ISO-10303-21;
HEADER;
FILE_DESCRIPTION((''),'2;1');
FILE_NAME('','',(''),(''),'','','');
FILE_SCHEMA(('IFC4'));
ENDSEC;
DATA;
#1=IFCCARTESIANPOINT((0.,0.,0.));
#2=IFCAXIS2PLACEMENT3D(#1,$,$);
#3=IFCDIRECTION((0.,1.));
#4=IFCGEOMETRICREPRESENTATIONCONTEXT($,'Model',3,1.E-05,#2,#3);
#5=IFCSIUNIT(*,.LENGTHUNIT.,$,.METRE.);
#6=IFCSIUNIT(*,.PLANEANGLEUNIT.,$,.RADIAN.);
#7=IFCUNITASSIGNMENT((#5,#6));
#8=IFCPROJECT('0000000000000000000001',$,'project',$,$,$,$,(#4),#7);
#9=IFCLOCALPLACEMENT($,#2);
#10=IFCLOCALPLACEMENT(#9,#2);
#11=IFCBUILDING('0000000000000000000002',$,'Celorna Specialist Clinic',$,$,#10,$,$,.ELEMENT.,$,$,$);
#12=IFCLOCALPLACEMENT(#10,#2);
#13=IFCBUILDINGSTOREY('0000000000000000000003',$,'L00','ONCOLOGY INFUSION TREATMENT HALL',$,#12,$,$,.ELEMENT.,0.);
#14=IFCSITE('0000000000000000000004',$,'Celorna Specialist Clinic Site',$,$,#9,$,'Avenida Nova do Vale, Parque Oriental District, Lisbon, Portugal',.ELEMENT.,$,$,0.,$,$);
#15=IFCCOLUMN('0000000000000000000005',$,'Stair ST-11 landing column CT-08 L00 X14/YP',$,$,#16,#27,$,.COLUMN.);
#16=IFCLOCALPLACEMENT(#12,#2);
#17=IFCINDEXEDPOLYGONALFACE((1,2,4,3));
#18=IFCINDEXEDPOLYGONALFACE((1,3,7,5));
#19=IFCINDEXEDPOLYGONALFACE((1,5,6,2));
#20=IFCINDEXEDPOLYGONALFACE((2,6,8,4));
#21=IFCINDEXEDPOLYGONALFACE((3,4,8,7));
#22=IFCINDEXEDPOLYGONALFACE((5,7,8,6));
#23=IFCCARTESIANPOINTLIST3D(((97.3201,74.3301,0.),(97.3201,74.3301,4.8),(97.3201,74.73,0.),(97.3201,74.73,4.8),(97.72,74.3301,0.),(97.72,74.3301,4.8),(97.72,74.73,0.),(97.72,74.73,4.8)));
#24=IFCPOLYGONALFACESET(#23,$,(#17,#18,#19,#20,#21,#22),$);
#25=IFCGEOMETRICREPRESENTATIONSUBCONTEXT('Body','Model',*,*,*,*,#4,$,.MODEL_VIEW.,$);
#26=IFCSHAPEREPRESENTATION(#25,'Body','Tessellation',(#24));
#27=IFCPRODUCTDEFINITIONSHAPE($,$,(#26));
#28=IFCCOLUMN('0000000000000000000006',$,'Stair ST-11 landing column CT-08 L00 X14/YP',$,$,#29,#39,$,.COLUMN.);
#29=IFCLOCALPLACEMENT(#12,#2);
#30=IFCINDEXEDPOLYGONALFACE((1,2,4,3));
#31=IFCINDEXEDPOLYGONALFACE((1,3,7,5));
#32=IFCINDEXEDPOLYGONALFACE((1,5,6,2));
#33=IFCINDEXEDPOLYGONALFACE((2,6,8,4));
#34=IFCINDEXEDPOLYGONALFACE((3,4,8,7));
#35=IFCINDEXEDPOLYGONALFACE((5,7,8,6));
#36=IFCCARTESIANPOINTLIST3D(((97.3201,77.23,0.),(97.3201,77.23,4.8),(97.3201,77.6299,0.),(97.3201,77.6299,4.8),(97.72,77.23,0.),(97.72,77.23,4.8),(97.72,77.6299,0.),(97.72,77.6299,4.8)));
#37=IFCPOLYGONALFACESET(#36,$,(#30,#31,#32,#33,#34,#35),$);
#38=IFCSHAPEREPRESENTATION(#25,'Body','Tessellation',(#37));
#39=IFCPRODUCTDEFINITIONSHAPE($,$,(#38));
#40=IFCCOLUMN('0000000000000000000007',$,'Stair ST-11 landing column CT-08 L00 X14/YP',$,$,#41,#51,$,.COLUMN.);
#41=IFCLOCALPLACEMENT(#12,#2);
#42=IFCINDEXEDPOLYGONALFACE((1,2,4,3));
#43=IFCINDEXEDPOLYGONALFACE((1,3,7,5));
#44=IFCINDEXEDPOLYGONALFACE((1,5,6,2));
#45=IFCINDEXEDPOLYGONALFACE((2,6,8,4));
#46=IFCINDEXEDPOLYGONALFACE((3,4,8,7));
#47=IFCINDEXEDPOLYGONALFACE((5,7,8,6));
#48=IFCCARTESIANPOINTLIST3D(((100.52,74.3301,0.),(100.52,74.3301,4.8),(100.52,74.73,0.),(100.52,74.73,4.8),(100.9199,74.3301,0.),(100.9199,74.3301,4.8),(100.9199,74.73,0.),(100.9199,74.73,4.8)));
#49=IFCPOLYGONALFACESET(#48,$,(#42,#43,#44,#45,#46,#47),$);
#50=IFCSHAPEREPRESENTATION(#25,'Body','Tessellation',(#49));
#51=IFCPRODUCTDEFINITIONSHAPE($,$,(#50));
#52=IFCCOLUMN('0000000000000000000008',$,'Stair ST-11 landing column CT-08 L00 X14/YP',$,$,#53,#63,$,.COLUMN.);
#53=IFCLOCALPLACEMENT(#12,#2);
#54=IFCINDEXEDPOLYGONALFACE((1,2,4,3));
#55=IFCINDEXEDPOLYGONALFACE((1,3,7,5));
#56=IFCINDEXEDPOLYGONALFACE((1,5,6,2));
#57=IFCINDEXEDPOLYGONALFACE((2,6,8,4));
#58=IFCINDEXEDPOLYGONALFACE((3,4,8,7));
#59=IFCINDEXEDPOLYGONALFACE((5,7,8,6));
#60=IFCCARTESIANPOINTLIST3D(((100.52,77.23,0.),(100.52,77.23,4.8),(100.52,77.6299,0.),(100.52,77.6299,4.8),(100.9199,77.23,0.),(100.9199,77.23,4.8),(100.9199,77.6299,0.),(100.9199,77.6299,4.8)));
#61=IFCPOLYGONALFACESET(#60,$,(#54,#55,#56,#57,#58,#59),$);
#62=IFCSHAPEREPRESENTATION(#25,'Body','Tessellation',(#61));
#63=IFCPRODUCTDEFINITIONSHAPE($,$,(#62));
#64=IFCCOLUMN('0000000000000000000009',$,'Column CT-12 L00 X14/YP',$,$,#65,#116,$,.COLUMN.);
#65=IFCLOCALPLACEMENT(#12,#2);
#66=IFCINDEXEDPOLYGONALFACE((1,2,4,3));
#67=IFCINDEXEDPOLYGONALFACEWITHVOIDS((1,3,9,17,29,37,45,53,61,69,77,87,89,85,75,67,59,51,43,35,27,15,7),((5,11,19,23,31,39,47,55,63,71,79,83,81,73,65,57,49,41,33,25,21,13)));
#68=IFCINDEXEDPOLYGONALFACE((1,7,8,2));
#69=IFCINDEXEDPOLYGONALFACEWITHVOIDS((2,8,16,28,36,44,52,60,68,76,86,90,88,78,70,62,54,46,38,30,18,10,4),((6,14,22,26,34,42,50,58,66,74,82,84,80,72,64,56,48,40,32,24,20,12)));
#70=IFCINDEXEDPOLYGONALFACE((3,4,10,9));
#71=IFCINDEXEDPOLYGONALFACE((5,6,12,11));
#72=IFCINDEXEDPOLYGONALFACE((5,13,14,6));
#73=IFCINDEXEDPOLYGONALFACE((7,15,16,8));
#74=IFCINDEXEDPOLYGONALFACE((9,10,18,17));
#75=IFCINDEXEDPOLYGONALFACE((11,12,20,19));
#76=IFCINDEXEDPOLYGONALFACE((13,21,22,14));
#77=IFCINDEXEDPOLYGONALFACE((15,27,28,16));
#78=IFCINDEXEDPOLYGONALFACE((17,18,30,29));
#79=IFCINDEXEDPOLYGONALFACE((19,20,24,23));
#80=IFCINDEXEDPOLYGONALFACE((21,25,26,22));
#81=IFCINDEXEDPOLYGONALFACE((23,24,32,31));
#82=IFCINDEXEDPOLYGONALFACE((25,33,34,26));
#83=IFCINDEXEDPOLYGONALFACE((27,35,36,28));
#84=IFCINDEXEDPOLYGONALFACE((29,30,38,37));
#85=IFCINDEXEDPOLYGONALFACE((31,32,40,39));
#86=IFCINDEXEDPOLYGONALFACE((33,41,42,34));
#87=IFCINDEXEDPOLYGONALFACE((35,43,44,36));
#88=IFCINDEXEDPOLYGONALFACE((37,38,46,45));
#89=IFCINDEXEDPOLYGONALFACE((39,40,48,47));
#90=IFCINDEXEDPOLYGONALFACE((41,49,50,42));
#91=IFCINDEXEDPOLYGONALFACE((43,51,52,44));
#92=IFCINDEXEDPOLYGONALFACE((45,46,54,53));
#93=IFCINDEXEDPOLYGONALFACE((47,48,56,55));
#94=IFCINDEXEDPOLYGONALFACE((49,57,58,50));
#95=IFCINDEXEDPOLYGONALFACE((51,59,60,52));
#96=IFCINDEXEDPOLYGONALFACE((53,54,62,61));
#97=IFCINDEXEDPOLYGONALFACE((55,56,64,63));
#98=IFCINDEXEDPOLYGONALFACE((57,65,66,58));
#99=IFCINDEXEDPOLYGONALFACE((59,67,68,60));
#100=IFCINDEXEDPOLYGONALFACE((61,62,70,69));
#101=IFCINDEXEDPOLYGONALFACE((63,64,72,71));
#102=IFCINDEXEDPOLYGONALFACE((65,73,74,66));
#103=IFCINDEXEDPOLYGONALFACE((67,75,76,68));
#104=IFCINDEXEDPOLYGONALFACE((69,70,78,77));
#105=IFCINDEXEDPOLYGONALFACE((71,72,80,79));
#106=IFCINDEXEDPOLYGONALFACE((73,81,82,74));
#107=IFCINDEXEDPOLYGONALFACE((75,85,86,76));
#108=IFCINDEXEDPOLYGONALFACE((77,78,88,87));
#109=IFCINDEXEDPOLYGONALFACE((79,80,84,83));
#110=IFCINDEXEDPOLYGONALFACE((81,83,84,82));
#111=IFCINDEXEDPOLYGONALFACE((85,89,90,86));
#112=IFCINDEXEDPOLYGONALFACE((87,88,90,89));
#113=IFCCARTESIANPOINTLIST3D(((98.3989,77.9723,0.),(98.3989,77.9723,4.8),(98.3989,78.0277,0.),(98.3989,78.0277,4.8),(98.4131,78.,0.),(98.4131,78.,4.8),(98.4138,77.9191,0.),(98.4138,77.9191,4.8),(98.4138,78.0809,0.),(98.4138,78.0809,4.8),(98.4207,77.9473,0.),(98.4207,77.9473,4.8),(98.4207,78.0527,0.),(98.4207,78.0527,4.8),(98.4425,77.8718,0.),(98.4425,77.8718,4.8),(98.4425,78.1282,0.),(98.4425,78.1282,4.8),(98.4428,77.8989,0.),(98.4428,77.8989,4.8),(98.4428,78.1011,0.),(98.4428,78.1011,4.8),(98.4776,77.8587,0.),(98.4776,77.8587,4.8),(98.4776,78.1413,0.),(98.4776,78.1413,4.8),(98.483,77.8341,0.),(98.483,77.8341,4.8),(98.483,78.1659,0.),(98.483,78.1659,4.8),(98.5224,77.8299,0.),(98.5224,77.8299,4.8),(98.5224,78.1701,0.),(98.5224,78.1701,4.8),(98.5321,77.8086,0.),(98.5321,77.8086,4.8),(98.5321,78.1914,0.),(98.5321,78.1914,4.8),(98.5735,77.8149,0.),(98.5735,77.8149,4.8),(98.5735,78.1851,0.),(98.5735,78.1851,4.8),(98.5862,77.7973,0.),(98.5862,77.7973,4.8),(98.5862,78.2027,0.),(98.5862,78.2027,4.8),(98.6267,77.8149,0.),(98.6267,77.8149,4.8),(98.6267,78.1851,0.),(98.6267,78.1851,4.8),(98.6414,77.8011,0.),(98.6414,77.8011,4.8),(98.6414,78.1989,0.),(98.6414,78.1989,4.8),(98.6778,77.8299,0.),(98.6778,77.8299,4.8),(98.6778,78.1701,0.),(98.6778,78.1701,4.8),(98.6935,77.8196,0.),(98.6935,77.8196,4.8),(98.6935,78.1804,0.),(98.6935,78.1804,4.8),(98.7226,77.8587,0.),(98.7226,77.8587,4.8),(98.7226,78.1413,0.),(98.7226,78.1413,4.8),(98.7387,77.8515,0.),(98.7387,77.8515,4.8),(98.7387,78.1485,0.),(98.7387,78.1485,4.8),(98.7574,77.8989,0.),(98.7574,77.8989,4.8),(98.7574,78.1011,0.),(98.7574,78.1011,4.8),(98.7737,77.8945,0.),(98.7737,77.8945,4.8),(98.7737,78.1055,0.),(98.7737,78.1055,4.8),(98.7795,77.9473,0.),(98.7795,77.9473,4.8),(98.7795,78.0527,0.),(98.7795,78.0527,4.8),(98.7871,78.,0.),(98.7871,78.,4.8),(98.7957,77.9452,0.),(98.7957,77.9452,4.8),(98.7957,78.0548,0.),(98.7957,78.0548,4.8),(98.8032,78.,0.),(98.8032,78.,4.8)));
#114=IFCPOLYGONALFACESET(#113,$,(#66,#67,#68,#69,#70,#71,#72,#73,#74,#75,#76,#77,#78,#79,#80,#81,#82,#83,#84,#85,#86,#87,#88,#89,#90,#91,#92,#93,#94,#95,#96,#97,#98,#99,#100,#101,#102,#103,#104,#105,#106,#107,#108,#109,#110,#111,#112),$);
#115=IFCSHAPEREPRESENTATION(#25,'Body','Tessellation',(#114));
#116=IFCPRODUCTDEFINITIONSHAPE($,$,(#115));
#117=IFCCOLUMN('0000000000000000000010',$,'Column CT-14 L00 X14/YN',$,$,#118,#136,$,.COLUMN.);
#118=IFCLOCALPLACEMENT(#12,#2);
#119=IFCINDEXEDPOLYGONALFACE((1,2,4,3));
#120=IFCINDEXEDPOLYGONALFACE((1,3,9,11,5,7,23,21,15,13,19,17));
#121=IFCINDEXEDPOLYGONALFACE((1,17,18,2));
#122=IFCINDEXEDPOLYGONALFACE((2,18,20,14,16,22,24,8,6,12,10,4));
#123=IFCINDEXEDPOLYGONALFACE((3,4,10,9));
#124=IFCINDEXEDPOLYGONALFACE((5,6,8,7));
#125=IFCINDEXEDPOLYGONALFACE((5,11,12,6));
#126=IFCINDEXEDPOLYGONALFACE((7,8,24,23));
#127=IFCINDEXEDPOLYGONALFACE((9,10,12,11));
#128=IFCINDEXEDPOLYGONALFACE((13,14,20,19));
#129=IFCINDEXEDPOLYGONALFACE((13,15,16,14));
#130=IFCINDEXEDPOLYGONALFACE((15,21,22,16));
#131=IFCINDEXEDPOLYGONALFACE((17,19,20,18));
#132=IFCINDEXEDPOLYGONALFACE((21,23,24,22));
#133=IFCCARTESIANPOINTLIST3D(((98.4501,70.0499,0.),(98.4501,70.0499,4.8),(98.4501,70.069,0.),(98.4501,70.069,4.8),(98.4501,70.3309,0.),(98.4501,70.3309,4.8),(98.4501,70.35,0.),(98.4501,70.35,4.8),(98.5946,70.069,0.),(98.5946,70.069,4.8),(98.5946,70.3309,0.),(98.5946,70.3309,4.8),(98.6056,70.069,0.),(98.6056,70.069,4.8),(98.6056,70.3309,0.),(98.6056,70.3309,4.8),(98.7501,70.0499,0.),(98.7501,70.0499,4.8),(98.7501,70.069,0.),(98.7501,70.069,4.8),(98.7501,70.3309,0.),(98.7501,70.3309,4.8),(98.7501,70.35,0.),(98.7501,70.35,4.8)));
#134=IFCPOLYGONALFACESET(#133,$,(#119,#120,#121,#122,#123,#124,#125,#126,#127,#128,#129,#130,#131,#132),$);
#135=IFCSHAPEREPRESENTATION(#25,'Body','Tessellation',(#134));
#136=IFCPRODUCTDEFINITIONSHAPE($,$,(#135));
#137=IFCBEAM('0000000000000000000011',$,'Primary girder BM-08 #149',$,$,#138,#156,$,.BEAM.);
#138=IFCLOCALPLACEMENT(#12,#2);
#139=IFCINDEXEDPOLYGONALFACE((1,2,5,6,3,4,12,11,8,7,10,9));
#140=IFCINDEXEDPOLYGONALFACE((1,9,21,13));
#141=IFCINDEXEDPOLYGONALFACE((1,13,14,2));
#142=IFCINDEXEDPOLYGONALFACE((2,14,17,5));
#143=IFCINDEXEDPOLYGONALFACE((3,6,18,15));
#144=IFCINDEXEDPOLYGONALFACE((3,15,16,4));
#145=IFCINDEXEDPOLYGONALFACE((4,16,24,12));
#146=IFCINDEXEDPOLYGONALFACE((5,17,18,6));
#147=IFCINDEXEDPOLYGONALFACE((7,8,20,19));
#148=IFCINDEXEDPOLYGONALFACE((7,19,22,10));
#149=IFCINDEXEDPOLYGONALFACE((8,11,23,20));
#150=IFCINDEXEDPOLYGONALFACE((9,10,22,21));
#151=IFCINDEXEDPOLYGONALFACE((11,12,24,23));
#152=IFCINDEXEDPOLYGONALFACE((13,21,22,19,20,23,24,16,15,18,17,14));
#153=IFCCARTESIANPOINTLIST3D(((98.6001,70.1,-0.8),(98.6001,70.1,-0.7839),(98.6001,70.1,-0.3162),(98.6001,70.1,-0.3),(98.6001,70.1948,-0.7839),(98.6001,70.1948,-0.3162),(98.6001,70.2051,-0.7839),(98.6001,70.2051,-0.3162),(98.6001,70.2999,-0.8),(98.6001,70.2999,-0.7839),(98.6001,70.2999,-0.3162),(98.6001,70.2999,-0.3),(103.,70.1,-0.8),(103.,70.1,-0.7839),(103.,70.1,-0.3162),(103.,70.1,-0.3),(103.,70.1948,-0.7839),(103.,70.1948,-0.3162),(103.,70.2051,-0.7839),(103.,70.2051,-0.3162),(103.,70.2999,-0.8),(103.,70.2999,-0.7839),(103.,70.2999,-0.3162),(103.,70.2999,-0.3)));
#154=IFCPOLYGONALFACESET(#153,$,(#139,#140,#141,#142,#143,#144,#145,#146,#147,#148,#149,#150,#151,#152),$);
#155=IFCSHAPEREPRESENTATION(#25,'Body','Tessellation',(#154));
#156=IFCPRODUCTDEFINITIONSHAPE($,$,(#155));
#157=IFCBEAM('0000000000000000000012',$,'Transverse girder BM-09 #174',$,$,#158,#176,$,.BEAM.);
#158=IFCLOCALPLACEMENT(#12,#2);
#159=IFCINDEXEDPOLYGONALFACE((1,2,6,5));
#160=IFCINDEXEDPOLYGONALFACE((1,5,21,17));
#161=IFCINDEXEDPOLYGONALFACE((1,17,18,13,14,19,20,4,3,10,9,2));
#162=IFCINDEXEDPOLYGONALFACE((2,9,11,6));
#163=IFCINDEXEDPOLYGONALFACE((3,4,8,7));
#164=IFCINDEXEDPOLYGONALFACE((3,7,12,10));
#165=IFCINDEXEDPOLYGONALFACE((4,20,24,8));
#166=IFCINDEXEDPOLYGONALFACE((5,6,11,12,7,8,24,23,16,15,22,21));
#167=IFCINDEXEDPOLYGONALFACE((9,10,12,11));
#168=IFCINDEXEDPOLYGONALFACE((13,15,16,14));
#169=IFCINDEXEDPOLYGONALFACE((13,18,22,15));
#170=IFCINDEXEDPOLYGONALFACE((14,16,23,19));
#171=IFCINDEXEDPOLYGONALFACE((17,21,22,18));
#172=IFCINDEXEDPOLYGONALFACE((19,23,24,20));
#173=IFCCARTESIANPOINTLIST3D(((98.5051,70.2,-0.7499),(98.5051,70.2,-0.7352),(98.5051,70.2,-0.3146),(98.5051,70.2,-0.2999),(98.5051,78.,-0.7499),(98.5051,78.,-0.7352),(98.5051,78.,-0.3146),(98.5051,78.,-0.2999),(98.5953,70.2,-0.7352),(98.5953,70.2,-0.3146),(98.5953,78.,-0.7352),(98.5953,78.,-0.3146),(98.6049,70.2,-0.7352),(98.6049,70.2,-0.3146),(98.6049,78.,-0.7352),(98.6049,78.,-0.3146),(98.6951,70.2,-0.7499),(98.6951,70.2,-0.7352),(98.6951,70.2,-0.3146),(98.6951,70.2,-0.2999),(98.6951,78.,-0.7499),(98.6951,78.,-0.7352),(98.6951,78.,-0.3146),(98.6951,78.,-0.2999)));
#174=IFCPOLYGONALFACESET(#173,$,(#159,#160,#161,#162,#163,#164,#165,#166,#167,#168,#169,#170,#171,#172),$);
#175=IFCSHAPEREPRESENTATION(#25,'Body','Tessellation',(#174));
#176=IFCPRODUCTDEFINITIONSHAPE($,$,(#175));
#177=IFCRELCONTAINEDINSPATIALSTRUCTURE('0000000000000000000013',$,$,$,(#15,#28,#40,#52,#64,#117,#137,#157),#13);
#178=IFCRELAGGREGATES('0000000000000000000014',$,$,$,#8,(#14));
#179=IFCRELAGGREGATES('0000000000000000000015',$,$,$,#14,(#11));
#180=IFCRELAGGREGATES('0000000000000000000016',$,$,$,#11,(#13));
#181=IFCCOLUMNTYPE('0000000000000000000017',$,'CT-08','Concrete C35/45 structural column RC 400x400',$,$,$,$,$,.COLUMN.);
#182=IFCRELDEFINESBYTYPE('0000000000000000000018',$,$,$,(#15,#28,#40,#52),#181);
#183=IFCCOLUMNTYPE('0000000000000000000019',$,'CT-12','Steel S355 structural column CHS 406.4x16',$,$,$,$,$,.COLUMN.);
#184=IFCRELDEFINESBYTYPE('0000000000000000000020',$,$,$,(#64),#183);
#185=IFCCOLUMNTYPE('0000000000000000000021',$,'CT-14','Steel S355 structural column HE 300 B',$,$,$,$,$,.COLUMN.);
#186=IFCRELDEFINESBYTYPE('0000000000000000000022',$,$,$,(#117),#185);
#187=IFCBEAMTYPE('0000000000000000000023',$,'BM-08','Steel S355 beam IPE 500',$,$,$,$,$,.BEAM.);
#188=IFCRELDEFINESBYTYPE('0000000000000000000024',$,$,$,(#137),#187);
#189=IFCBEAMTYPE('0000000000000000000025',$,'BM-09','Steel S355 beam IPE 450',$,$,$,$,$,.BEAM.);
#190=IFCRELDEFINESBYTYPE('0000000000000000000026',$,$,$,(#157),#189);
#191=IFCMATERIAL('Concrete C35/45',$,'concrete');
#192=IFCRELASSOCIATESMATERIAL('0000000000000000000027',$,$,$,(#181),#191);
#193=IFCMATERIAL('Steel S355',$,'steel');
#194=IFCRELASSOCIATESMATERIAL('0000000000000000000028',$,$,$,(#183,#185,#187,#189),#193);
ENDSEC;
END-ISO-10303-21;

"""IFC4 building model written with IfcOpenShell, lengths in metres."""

from ifc_helpers import new_model, si_unit, direction, frame, origin, origin_2d, place, context, subcontext, project, spatial, rectangle, hollow_circle, i_section, extrude, material, material_profile, profile_set, type_object, element, save


model = new_model("IFC4")

# Units and contexts
model_context = context("Model", 3, precision=1e-05, world=origin(), true_north=direction((0.0, 1.0)))
body_context = subcontext(model_context, "Body", "Model", "MODEL_VIEW")
ifc_project = project(units=[si_unit("LENGTHUNIT", "METRE"), si_unit("PLANEANGLEUNIT", "RADIAN")], contexts=[model_context])

# Site, building, storey
site_placement = place(None, origin())
site = spatial("IfcSite", under=ifc_project, at=site_placement, Name="Celorna Specialist Clinic Site", LongName="Avenida Nova do Vale, Parque Oriental District, Lisbon, Portugal", CompositionType="ELEMENT", RefElevation=0.0)
building_placement = place(site_placement, origin())
building = spatial("IfcBuilding", under=site, at=building_placement, Name="Celorna Specialist Clinic", CompositionType="ELEMENT")
storey_placement = place(building_placement, origin())
storey = spatial("IfcBuildingStorey", under=building, at=storey_placement, Name="L00", Description="ONCOLOGY INFUSION TREATMENT HALL", CompositionType="ELEMENT", Elevation=0.0)

# Columns
ifc_material_1 = material(Name="Concrete C35/45", Category="concrete")
ifc_material_profile_1 = material_profile(ifc_material_1, rectangle(XDim=0.3999, YDim=0.3999, at=origin_2d()), Name="RC 400x400")
ifc_profile_set_1 = profile_set([ifc_material_profile_1], Name="Concrete C35/45")
column_type_1 = type_object("IfcColumnType", Name="CT-08", Description="Concrete C35/45 structural column RC 400x400", PredefinedType="COLUMN", material=ifc_profile_set_1)
for number, where, z_axis, x_axis, name in (
    (1, (97.52, 74.53, 0.0), (0.0, 0.0, 1.0), (1.0, 0.0, 0.0), "Stair ST-11 landing column CT-08 L00 X14/YP"),
    (2, (97.52, 77.4299, 0.0), (0.0, 0.0, 1.0), (1.0, 0.0, 0.0), "Stair ST-11 landing column CT-08 L00 X14/YP"),
    (3, (100.72, 74.53, 0.0), (0.0, 0.0, 1.0), (1.0, 0.0, 0.0), "Stair ST-11 landing column CT-08 L00 X14/YP"),
    (4, (100.72, 77.4299, 0.0), (0.0, 0.0, 1.0), (1.0, 0.0, 0.0), "Stair ST-11 landing column CT-08 L00 X14/YP"),
):
    element("IfcColumn", number, at=place(storey_placement, frame(where, z_axis=z_axis, x_axis=x_axis)), inside=storey, type_object=column_type_1, Name=name, PredefinedType="COLUMN", context=body_context, shape_type="SweptSolid", body=[
        extrude(rectangle(XDim=0.3999, YDim=0.3999, at=origin_2d()), origin(), (0.0, 0.0, 1.0), 4.8),
    ])
ifc_material_2 = material(Name="Steel S355", Category="steel")
ifc_material_profile_2 = material_profile(ifc_material_2, hollow_circle(Radius=0.2031, WallThickness=0.0161, at=origin_2d()), Name="CHS 406.4x16")
ifc_profile_set_2 = profile_set([ifc_material_profile_2], Name="Steel S355")
column_type_2 = type_object("IfcColumnType", Name="CT-12", Description="Steel S355 structural column CHS 406.4x16", PredefinedType="COLUMN", material=ifc_profile_set_2)
column_1_placement = place(storey_placement, frame((98.6001, 78.0, 0.0), z_axis=(0.0, 0.0, 1.0), x_axis=(1.0, 0.0, 0.0)))
element("IfcColumn", 5, at=column_1_placement, inside=storey, type_object=column_type_2, Name="Column CT-12 L00 X14/YP", PredefinedType="COLUMN", context=body_context, shape_type="SweptSolid", body=[
    extrude(hollow_circle(Radius=0.2031, WallThickness=0.0161, at=origin_2d()), origin(), (0.0, 0.0, 1.0), 4.8),
])
ifc_material_profile_3 = material_profile(ifc_material_2, i_section(OverallWidth=0.3, OverallDepth=0.3, WebThickness=0.011, FlangeThickness=0.019, at=origin_2d()), Name="HE 300 B")
ifc_profile_set_3 = profile_set([ifc_material_profile_3], Name="Steel S355")
column_type_3 = type_object("IfcColumnType", Name="CT-14", Description="Steel S355 structural column HE 300 B", PredefinedType="COLUMN", material=ifc_profile_set_3)
column_2_placement = place(storey_placement, frame((98.6001, 70.2, 0.0), z_axis=(0.0, 0.0, 1.0), x_axis=(1.0, 0.0, 0.0)))
element("IfcColumn", 6, at=column_2_placement, inside=storey, type_object=column_type_3, Name="Column CT-14 L00 X14/YN", PredefinedType="COLUMN", context=body_context, shape_type="SweptSolid", body=[
    extrude(i_section(OverallWidth=0.3, OverallDepth=0.3, WebThickness=0.011, FlangeThickness=0.019, at=origin_2d()), origin(), (0.0, 0.0, 1.0), 4.8),
])

# Beams
ifc_material_profile_4 = material_profile(ifc_material_2, i_section(OverallWidth=0.2, OverallDepth=0.5, WebThickness=0.0103, FlangeThickness=0.0161, at=origin_2d()), Name="IPE 500")
ifc_profile_set_4 = profile_set([ifc_material_profile_4], Name="Steel S355")
beam_type_1 = type_object("IfcBeamType", Name="BM-08", Description="Steel S355 beam IPE 500", PredefinedType="BEAM", material=ifc_profile_set_4)
beam_1_placement = place(storey_placement, frame((98.6001, 70.2, -0.55), z_axis=(1.0, 0.0, 0.0), x_axis=(0.0, 1.0, 0.0)))
element("IfcBeam", 7, at=beam_1_placement, inside=storey, type_object=beam_type_1, Name="Primary girder BM-08 #149", PredefinedType="BEAM", context=body_context, shape_type="SweptSolid", body=[
    extrude(i_section(OverallWidth=0.2, OverallDepth=0.5, WebThickness=0.0103, FlangeThickness=0.0161, at=origin_2d()), origin(), (0.0, 0.0, 1.0), 4.3999),
])
ifc_material_profile_5 = material_profile(ifc_material_2, i_section(OverallWidth=0.1899, OverallDepth=0.45, WebThickness=0.0095, FlangeThickness=0.0146, at=origin_2d()), Name="IPE 450")
ifc_profile_set_5 = profile_set([ifc_material_profile_5], Name="Steel S355")
beam_type_2 = type_object("IfcBeamType", Name="BM-09", Description="Steel S355 beam IPE 450", PredefinedType="BEAM", material=ifc_profile_set_5)
beam_2_placement = place(storey_placement, frame((98.6001, 70.2, -0.5249), z_axis=(0.0, 1.0, 0.0), x_axis=(-1.0, 0.0, 0.0)))
element("IfcBeam", 8, at=beam_2_placement, inside=storey, type_object=beam_type_2, Name="Transverse girder BM-09 #174", PredefinedType="BEAM", context=body_context, shape_type="SweptSolid", body=[
    extrude(i_section(OverallWidth=0.1899, OverallDepth=0.45, WebThickness=0.0095, FlangeThickness=0.0146, at=origin_2d()), origin(), (0.0, 0.0, 1.0), 7.8),
])

save(model, "model.ifc")
